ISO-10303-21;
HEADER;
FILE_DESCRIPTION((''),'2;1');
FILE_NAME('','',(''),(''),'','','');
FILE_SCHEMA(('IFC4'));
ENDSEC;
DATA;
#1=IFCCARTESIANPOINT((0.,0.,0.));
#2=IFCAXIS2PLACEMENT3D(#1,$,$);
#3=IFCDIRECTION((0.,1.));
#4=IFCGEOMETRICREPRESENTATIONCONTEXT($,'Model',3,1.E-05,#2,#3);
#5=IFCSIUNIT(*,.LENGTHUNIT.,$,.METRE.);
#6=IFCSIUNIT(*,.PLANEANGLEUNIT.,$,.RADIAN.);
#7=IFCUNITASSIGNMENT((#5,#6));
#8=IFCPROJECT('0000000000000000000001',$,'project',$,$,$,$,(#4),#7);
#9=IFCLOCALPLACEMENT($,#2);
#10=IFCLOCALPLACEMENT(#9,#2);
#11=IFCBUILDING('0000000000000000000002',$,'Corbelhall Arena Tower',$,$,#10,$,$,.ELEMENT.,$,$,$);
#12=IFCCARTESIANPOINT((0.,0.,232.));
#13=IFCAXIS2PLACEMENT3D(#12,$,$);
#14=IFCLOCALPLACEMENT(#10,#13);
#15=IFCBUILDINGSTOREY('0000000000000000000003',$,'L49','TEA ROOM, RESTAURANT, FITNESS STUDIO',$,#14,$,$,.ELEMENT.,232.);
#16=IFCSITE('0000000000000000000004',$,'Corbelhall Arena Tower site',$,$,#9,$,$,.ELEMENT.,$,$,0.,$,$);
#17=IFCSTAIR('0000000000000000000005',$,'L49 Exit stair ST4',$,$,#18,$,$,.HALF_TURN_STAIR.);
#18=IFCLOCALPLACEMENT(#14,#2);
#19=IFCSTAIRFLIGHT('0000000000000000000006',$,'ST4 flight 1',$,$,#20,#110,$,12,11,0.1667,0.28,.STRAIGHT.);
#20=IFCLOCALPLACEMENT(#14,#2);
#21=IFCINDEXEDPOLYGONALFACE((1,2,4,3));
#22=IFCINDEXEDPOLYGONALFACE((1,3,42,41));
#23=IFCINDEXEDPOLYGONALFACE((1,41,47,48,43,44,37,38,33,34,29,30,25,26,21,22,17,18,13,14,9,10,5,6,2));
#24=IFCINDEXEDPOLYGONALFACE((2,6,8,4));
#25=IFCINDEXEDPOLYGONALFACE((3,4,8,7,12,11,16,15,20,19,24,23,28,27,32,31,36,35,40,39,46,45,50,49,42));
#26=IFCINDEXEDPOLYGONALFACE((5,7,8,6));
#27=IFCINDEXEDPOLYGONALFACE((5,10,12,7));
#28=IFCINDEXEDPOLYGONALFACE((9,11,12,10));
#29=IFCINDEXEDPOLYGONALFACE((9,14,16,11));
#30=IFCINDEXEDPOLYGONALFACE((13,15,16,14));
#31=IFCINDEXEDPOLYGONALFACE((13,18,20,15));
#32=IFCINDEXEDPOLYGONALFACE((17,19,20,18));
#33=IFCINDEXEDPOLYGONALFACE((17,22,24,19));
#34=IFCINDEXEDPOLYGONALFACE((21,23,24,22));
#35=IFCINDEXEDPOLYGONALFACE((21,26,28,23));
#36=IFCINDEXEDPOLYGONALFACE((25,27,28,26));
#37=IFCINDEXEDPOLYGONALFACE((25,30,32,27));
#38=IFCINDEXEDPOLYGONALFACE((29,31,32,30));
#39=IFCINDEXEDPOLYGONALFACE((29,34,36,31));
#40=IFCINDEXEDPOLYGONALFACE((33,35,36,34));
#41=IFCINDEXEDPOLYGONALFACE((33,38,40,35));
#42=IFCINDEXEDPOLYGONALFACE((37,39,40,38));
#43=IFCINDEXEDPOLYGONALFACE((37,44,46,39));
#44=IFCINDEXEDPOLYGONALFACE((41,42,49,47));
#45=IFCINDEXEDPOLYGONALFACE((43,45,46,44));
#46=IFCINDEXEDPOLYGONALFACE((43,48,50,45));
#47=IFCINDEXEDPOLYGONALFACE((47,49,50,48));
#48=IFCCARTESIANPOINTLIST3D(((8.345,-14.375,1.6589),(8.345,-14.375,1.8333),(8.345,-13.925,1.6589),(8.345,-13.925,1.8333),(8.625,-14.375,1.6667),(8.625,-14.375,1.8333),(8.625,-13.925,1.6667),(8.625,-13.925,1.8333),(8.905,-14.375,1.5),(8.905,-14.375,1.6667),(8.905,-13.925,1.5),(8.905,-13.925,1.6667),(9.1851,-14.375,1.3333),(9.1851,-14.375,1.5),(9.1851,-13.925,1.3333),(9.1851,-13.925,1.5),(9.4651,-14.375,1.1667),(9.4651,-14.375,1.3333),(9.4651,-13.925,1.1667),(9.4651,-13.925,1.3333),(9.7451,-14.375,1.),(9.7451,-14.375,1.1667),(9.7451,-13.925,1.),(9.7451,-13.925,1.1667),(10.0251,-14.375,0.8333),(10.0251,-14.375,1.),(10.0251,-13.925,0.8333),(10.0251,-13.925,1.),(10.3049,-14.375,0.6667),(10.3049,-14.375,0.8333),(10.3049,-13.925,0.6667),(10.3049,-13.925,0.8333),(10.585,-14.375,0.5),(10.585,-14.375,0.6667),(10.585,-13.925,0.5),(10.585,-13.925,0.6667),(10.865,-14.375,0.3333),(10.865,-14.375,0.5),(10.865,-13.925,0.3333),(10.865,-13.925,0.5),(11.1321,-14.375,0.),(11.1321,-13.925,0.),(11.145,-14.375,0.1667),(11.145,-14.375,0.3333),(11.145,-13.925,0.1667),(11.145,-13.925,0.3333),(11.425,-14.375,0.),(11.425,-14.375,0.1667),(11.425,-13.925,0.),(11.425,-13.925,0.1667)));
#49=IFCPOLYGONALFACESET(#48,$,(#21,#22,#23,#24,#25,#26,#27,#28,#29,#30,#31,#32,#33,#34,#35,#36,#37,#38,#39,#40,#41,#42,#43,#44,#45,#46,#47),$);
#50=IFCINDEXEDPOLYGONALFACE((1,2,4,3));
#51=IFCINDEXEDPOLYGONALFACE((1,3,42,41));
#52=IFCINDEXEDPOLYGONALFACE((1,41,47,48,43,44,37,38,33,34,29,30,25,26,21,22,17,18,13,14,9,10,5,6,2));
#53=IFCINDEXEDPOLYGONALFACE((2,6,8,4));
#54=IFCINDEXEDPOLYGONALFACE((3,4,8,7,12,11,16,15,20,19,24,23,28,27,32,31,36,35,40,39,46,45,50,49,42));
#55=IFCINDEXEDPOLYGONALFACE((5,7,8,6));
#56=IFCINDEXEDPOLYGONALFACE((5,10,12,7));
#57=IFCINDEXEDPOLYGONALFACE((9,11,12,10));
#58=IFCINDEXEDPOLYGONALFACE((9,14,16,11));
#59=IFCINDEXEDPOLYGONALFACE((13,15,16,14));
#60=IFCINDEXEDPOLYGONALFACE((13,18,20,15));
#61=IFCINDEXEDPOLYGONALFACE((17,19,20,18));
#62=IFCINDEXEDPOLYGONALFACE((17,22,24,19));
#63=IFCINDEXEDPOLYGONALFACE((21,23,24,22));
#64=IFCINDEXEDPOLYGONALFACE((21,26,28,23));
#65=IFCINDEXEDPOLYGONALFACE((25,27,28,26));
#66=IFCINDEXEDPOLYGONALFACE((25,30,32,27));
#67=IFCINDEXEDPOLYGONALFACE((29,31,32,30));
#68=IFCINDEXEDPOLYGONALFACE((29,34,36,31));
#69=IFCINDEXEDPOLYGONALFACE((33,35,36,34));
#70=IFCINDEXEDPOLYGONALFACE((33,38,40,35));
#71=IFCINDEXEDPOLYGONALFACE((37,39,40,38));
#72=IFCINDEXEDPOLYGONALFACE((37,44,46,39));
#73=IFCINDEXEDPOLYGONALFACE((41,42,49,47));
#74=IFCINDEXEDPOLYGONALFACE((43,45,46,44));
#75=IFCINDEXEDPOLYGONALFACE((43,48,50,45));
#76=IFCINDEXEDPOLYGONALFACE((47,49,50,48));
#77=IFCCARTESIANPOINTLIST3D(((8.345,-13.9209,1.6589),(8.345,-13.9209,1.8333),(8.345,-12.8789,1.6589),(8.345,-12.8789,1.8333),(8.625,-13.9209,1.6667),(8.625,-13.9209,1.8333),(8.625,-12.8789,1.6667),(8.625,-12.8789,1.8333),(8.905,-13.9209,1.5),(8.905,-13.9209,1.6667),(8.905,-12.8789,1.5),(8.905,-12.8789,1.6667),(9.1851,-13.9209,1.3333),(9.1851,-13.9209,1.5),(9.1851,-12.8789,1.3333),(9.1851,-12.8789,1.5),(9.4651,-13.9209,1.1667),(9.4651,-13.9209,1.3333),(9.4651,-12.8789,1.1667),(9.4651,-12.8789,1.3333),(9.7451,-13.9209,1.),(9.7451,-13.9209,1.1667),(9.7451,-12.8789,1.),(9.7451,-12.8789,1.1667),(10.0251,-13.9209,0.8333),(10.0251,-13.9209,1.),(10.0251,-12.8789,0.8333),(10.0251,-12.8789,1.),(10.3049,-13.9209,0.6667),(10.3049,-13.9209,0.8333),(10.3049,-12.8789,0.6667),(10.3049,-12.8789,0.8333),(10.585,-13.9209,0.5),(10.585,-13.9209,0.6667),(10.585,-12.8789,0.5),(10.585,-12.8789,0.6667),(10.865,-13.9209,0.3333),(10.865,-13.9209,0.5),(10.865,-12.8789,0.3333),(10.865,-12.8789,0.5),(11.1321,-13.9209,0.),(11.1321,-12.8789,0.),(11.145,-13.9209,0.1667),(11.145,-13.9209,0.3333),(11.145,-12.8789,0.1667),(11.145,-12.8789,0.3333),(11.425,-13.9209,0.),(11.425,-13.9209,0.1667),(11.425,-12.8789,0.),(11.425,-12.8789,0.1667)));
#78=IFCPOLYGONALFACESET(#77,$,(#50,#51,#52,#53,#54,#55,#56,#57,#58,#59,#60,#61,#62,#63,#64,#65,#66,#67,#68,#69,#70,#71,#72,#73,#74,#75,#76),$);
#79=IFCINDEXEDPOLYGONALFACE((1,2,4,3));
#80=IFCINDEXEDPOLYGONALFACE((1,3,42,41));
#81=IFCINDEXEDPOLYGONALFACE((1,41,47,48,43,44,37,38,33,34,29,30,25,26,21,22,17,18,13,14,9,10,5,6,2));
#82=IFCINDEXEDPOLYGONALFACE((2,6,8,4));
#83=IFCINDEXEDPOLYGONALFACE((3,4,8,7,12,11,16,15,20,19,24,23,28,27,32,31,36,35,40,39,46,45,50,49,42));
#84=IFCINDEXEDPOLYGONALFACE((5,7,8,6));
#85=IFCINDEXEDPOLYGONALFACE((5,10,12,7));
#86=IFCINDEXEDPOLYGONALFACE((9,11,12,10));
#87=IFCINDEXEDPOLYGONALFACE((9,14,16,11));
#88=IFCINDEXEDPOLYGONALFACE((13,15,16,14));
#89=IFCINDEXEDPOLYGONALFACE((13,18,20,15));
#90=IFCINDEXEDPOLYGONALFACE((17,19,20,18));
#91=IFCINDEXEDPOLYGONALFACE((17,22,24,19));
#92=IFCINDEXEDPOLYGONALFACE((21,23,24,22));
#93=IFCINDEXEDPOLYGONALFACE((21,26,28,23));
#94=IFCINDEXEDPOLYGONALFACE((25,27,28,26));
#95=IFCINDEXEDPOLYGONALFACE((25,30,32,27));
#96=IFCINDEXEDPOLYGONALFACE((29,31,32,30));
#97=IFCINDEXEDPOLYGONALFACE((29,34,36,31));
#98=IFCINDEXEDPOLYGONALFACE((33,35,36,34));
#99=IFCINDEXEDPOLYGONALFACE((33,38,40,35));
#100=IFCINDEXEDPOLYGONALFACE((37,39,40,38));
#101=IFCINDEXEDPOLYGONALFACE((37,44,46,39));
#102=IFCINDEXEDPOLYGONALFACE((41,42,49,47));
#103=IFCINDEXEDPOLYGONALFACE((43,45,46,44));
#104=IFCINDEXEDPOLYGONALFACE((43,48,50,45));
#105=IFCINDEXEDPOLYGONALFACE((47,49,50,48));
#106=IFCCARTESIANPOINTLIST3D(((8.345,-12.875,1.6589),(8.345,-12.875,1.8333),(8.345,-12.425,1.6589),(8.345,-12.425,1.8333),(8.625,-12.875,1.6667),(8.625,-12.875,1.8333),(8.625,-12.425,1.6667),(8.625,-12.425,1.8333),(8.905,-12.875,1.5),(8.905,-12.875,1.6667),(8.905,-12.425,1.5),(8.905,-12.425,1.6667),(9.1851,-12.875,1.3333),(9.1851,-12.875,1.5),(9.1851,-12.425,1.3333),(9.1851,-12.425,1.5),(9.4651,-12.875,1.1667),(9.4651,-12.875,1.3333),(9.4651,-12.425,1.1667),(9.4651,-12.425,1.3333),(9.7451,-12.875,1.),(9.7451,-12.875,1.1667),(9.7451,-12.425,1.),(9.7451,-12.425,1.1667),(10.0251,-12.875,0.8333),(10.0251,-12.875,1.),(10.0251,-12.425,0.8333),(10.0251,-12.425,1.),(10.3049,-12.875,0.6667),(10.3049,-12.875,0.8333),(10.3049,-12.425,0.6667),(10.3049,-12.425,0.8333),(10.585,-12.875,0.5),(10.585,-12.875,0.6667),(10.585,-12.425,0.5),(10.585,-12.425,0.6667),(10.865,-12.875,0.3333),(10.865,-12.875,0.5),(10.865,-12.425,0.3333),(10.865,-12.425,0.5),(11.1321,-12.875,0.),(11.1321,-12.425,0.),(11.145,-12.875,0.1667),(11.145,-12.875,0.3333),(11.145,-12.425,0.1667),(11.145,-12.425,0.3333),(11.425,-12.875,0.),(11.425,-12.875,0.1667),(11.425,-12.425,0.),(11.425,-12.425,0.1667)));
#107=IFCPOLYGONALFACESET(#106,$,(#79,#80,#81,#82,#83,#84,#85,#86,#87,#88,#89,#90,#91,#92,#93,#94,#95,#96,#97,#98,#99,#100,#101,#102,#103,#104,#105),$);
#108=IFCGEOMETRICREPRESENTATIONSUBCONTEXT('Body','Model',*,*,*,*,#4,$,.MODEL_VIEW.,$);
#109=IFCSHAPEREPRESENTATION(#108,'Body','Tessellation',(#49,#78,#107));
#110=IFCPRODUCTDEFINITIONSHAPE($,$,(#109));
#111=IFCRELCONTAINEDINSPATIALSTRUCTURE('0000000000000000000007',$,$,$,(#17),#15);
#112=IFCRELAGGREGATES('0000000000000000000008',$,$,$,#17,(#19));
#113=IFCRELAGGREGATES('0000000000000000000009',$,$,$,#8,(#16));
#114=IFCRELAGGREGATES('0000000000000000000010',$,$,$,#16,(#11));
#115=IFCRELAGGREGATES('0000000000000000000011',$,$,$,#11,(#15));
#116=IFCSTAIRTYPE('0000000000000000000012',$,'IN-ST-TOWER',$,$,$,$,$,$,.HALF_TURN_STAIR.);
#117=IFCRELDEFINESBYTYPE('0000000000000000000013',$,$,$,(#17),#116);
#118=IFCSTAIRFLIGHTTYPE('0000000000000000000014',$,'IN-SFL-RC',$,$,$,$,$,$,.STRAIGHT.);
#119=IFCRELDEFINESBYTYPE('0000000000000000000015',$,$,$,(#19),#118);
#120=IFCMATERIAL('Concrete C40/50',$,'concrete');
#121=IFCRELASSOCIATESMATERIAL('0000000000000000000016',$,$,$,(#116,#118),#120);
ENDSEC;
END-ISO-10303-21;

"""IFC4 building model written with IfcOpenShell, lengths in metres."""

from ifc_helpers import new_model, si_unit, direction, frame, origin, place, context, subcontext, project, spatial, polyline, outline, extrude, material, type_object, element, aggregate, save


model = new_model("IFC4")

# Units and contexts
model_context = context("Model", 3, precision=1e-05, world=origin(), true_north=direction((0.0, 1.0)))
body_context = subcontext(model_context, "Body", "Model", "MODEL_VIEW")
ifc_project = project(units=[si_unit("LENGTHUNIT", "METRE"), si_unit("PLANEANGLEUNIT", "RADIAN")], contexts=[model_context])

# Site, building, storey
site_placement = place(None, origin())
site = spatial("IfcSite", under=ifc_project, at=site_placement, Name="Corbelhall Arena Tower site", CompositionType="ELEMENT", RefElevation=0.0)
building_placement = place(site_placement, origin())
building = spatial("IfcBuilding", under=site, at=building_placement, Name="Corbelhall Arena Tower", CompositionType="ELEMENT")
storey_placement = place(building_placement, frame((0.0, 0.0, 232.0)))
storey = spatial("IfcBuildingStorey", under=building, at=storey_placement, Name="L49", Description="TEA ROOM, RESTAURANT, FITNESS STUDIO", CompositionType="ELEMENT", Elevation=232.0)

# Shared definitions
ifc_material_1 = material(Name="Concrete C40/50", Category="concrete")

# Stair, stair flight
stair_type = type_object("IfcStairType", Name="IN-ST-TOWER", PredefinedType="HALF_TURN_STAIR", material=ifc_material_1)
stair_placement = place(storey_placement, origin())
stair = element("IfcStair", 1, at=stair_placement, inside=storey, type_object=stair_type, Name="L49 Exit stair ST4", PredefinedType="HALF_TURN_STAIR")
stair_flight_type = type_object("IfcStairFlightType", Name="IN-SFL-RC", PredefinedType="STRAIGHT", material=ifc_material_1)
stair_flight_placement = place(storey_placement, frame((11.425, -13.3999, 0.0), z_axis=(0.0, 0.0, 1.0), x_axis=(-1.0, 0.0, 0.0)))
stair_flight = element("IfcStairFlight", 2, at=stair_flight_placement, type_object=stair_flight_type, Name="ST4 flight 1", NumberOfRisers=12, NumberOfTreads=11, PredefinedType="STRAIGHT", RiserHeight=0.1667, TreadLength=0.28, context=body_context, shape_type="SweptSolid", body=[
    extrude(outline(polyline([(0.0, 0.0), (0.0, 0.1667), (0.28, 0.1667), (0.28, 0.3333), (0.5601, 0.3333), (0.5601, 0.5), (0.8401, 0.5), (0.8401, 0.6667), (1.1201, 0.6667), (1.1201, 0.8333), (1.3999, 0.8333), (1.3999, 1.0), (1.6799, 1.0), (1.6799, 1.1667), (1.96, 1.1667), (1.96, 1.3333), (2.24, 1.3333), (2.24, 1.5), (2.52, 1.5), (2.52, 1.6667), (2.8, 1.6667), (2.8, 1.8333), (3.0801, 1.8333), (3.0801, 2.0), (3.0801, 1.6589), (0.293, 0.0), (0.0, 0.0)])), frame((0.0, 0.9751, 0.0), z_axis=(0.0, -1.0, 0.0), x_axis=(1.0, 0.0, 0.0)), (0.0, 0.0, 1.0), 0.45),
    extrude(outline(polyline([(0.0, 0.0), (0.0, 0.1667), (0.28, 0.1667), (0.28, 0.3333), (0.5601, 0.3333), (0.5601, 0.5), (0.8401, 0.5), (0.8401, 0.6667), (1.1201, 0.6667), (1.1201, 0.8333), (1.3999, 0.8333), (1.3999, 1.0), (1.6799, 1.0), (1.6799, 1.1667), (1.96, 1.1667), (1.96, 1.3333), (2.24, 1.3333), (2.24, 1.5), (2.52, 1.5), (2.52, 1.6667), (2.8, 1.6667), (2.8, 1.8333), (3.0801, 1.8333), (3.0801, 2.0), (3.0801, 1.6589), (0.293, 0.0), (0.0, 0.0)])), frame((0.0, 0.521, 0.0), z_axis=(0.0, -1.0, 0.0), x_axis=(1.0, 0.0, 0.0)), (0.0, 0.0, 1.0), 1.042),
    extrude(outline(polyline([(0.0, 0.0), (0.0, 0.1667), (0.28, 0.1667), (0.28, 0.3333), (0.5601, 0.3333), (0.5601, 0.5), (0.8401, 0.5), (0.8401, 0.6667), (1.1201, 0.6667), (1.1201, 0.8333), (1.3999, 0.8333), (1.3999, 1.0), (1.6799, 1.0), (1.6799, 1.1667), (1.96, 1.1667), (1.96, 1.3333), (2.24, 1.3333), (2.24, 1.5), (2.52, 1.5), (2.52, 1.6667), (2.8, 1.6667), (2.8, 1.8333), (3.0801, 1.8333), (3.0801, 2.0), (3.0801, 1.6589), (0.293, 0.0), (0.0, 0.0)])), frame((0.0, -0.5249, 0.0), z_axis=(0.0, -1.0, 0.0), x_axis=(1.0, 0.0, 0.0)), (0.0, 0.0, 1.0), 0.45),
])
aggregate(stair, [stair_flight])

save(model, "model.ifc")
